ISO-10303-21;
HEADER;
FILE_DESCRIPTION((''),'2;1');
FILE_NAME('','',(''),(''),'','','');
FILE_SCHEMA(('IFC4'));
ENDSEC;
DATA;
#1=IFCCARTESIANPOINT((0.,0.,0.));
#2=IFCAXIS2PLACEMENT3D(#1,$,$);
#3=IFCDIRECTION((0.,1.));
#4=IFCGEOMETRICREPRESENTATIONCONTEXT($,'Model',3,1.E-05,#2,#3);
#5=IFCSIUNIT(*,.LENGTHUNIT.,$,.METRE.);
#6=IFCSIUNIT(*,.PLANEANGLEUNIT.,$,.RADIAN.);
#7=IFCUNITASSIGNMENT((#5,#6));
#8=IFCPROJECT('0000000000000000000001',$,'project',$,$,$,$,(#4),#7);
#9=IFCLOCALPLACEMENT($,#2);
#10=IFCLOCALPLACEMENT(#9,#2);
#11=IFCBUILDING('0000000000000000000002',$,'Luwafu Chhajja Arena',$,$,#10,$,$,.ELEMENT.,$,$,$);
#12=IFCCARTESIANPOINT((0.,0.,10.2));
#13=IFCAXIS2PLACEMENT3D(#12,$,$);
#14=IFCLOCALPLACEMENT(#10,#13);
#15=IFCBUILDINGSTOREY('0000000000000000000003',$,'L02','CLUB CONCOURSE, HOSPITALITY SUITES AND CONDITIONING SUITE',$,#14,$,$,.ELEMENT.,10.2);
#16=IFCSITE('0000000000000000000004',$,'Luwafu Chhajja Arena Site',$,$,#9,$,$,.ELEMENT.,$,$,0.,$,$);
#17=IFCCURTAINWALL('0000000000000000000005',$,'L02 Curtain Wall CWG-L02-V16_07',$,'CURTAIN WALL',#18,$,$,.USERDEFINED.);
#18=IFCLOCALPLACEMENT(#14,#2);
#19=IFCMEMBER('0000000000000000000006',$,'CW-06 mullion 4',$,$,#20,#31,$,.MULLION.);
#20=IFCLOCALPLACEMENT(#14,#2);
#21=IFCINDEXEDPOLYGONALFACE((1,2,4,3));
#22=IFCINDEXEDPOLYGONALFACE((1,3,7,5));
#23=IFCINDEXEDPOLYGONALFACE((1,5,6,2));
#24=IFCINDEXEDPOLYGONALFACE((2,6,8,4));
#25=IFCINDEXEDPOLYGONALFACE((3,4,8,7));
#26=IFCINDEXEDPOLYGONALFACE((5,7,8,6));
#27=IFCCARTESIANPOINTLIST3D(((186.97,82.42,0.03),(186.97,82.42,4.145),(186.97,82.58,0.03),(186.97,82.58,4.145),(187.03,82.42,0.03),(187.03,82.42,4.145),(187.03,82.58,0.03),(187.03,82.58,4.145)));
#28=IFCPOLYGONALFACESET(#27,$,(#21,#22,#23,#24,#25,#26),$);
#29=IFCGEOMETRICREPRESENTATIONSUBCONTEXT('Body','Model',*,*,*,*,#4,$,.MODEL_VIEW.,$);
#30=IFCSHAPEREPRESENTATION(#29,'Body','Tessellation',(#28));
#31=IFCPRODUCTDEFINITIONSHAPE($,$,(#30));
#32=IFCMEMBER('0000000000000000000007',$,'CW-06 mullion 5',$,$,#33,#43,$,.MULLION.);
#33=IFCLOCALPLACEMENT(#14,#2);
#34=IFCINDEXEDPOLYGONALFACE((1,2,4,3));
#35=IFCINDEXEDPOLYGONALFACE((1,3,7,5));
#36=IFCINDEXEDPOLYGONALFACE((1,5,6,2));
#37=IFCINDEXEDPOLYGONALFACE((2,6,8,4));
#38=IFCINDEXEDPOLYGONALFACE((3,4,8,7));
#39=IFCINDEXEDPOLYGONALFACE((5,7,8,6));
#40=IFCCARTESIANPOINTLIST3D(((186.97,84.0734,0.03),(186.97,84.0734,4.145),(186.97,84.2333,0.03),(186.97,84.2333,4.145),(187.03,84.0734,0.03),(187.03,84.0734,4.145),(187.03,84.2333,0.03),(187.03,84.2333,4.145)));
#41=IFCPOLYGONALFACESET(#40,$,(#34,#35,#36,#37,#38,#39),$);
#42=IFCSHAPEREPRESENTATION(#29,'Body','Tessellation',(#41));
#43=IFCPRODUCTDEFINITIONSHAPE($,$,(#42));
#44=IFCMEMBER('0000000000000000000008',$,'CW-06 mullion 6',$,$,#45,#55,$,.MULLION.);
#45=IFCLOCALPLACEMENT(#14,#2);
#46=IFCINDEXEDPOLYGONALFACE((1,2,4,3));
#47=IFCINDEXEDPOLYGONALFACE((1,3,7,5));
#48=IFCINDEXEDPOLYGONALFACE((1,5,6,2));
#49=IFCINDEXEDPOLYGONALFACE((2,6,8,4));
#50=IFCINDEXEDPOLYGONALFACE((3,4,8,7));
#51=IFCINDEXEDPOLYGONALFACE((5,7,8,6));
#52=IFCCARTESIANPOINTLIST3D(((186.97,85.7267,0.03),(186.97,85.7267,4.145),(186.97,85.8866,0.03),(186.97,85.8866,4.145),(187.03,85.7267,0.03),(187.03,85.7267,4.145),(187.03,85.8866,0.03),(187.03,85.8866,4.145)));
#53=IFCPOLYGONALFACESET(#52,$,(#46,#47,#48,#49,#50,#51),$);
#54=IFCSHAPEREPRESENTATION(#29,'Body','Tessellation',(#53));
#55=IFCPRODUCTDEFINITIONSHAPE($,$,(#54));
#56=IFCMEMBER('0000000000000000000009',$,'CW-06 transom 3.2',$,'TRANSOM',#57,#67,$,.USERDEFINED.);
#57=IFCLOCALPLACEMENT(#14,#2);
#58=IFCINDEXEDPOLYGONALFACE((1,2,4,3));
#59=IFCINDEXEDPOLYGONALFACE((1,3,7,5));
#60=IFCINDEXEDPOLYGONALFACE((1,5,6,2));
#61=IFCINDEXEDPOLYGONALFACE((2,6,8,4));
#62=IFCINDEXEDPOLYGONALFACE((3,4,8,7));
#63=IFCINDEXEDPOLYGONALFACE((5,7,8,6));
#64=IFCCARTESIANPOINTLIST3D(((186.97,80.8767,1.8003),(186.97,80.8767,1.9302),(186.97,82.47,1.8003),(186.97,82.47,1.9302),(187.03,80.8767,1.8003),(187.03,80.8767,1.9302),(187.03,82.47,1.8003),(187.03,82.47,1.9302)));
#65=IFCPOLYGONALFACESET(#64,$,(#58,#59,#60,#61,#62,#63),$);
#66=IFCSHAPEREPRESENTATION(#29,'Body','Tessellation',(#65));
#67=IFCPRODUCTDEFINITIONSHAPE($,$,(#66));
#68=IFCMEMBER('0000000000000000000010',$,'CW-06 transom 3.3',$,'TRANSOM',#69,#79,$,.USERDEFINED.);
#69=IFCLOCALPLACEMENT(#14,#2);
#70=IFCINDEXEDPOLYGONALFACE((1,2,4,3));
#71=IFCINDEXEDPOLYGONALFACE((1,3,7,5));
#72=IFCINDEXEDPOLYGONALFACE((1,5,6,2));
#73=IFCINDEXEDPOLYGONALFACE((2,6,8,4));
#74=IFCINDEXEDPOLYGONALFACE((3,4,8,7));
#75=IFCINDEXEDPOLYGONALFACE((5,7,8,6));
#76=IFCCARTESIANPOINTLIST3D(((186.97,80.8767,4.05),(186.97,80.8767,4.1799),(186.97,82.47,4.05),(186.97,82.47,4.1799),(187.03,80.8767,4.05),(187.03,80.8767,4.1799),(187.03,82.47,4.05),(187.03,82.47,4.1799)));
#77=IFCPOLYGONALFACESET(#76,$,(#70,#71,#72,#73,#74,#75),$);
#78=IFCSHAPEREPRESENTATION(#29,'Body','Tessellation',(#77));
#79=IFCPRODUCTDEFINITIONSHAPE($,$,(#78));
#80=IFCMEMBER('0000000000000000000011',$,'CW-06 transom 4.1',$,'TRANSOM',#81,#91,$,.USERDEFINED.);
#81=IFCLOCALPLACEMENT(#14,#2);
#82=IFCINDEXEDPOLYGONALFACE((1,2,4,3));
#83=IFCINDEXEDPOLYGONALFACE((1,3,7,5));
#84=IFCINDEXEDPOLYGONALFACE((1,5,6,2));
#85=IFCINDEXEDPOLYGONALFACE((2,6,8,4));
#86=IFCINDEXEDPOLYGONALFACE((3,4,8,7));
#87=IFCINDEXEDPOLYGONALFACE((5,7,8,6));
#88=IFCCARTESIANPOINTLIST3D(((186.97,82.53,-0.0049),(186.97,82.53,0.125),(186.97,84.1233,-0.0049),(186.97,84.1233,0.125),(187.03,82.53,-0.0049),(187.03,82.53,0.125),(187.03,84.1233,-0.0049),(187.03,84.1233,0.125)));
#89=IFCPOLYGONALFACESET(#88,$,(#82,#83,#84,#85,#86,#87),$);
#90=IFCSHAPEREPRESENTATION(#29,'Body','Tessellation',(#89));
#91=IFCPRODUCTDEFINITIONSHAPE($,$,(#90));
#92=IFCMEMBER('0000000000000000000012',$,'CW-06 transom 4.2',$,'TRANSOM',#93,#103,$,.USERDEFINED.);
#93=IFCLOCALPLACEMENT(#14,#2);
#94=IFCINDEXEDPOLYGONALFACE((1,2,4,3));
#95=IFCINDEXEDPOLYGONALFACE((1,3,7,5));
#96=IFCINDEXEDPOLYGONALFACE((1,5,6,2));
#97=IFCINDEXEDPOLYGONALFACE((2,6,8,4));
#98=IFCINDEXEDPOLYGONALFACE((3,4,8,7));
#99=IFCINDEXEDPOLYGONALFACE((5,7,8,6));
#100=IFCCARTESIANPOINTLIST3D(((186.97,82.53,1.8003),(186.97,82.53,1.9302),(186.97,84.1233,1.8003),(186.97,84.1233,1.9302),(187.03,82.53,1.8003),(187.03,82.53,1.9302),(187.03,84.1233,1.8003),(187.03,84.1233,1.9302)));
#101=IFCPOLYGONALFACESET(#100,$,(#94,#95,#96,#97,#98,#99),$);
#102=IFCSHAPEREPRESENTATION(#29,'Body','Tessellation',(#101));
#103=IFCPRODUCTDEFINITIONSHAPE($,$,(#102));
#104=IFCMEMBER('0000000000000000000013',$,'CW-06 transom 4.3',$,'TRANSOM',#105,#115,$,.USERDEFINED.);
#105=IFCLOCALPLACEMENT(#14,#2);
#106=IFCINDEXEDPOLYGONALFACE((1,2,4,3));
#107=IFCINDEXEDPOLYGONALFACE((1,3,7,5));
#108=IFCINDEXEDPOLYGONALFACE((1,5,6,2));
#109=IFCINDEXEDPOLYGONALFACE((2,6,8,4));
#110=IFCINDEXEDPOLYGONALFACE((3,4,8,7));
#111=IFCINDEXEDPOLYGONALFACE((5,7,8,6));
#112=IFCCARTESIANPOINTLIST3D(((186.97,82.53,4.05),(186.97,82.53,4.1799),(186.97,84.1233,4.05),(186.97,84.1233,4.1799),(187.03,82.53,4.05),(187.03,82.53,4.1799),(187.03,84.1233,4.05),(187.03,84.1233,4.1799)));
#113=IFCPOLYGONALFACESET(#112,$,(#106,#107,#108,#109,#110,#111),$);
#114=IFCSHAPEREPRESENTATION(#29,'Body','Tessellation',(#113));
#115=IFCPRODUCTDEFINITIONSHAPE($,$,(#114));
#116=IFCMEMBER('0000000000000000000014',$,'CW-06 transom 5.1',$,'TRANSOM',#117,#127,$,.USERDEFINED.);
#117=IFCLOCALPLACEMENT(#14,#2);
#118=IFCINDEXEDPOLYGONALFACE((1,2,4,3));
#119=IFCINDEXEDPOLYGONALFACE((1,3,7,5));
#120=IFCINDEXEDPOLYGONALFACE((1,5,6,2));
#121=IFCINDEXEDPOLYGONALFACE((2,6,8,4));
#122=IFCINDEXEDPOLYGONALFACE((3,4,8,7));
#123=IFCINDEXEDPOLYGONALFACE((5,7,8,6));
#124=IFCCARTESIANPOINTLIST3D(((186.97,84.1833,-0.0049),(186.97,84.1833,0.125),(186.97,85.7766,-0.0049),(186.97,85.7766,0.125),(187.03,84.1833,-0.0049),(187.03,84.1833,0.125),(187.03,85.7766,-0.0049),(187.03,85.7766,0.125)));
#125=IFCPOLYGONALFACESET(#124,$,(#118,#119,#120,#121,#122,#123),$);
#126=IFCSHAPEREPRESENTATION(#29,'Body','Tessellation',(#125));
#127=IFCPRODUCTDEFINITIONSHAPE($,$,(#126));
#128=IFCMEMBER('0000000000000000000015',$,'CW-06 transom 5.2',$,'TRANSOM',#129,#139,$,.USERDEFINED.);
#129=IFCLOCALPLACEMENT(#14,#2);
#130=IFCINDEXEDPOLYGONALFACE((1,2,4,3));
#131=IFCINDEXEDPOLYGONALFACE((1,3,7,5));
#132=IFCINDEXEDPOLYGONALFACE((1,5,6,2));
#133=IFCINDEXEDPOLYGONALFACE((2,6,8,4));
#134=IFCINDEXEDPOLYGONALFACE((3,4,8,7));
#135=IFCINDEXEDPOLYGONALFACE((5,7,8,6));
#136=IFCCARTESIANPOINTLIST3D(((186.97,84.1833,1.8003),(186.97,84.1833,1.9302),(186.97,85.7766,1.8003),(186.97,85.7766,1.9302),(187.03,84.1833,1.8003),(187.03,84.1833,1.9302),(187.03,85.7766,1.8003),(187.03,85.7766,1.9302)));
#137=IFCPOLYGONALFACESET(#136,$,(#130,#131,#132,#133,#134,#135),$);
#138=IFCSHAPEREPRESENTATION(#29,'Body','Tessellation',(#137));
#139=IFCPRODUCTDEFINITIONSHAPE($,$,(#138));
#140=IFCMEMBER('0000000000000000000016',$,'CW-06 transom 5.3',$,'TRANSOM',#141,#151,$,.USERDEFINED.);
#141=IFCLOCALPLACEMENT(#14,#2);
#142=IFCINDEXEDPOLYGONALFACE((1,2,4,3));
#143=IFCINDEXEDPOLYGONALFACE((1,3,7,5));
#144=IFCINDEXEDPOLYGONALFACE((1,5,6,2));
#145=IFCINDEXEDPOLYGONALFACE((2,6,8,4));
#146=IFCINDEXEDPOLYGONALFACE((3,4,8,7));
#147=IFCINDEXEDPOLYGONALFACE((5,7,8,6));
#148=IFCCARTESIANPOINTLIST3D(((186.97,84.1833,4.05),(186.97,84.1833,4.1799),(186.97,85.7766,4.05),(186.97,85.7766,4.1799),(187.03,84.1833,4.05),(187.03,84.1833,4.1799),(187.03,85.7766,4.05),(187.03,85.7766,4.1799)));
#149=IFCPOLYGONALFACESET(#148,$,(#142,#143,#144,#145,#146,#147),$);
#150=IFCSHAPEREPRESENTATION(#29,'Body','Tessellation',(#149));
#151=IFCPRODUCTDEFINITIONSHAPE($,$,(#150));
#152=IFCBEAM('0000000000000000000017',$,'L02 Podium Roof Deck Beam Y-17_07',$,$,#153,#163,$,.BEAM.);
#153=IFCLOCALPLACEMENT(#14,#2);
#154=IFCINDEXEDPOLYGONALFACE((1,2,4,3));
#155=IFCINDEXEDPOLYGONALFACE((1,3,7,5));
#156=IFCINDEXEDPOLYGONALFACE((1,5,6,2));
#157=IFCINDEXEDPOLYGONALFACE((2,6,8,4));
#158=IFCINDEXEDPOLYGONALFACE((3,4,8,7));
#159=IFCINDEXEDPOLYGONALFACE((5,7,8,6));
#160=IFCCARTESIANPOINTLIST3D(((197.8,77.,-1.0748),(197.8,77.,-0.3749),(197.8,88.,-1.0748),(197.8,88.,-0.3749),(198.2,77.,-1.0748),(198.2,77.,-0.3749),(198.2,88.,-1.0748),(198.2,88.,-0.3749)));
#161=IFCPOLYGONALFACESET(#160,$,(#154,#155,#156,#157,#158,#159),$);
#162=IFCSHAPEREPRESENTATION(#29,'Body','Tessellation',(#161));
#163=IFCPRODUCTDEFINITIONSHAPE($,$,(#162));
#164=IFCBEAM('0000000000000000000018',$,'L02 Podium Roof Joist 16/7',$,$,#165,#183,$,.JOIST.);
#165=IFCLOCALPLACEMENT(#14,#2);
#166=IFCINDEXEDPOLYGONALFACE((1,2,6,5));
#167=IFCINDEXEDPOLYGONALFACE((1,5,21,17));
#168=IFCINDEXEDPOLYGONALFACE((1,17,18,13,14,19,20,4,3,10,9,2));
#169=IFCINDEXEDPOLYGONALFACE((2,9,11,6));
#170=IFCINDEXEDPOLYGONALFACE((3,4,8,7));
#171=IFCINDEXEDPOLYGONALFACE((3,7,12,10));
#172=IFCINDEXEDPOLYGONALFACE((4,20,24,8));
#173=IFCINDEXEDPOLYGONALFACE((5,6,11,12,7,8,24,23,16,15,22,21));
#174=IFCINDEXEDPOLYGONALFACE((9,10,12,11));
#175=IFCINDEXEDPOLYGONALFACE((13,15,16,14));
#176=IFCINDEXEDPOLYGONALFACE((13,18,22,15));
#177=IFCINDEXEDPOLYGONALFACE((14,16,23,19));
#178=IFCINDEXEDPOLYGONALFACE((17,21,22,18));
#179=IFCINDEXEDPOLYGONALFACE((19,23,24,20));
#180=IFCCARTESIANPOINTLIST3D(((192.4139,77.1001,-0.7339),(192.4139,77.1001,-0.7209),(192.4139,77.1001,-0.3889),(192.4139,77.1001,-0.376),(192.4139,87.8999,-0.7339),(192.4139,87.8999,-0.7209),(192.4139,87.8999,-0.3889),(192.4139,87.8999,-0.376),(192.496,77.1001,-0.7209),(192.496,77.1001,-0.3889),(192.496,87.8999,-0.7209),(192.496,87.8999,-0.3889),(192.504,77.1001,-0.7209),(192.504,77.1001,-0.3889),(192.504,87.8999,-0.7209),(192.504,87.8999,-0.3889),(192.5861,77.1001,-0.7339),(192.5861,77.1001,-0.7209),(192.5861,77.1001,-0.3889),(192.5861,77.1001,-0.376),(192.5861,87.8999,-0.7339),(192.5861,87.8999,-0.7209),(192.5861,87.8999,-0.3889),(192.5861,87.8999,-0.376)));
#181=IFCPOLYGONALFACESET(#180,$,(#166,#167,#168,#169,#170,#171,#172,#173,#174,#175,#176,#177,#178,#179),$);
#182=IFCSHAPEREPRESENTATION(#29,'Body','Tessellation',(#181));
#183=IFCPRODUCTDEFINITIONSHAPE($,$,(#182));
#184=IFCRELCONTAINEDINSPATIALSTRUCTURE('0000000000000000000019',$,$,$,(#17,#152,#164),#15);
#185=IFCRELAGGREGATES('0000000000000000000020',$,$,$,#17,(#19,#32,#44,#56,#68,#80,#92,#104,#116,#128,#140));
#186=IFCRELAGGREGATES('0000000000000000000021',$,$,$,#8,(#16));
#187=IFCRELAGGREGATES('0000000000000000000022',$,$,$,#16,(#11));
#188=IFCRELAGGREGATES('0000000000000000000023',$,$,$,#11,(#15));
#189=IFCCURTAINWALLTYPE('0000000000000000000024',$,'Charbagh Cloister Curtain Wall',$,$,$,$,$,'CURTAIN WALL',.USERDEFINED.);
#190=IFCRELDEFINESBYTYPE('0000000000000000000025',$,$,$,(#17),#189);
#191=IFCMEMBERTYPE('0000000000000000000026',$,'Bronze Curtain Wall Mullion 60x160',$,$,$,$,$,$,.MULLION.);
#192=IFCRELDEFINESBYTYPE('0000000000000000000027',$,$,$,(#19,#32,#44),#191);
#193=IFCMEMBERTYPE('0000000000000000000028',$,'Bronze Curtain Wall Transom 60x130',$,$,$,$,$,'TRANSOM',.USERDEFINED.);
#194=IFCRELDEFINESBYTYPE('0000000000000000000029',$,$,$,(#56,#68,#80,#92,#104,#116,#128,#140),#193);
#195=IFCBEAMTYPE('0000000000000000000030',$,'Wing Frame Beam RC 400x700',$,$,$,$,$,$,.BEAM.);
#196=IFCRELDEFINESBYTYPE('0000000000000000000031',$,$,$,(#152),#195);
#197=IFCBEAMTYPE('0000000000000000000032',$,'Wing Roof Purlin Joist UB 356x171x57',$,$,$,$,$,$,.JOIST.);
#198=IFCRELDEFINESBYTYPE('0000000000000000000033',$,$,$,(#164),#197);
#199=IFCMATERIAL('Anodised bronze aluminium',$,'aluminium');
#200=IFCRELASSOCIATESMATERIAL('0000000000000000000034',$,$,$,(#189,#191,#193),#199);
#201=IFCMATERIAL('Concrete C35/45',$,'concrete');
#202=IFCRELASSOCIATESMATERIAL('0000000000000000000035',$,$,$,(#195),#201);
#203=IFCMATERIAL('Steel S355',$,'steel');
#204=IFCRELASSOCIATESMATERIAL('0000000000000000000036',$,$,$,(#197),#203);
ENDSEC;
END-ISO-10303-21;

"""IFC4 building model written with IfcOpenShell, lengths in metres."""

from ifc_helpers import new_model, si_unit, direction, frame, origin, origin_2d, place, context, subcontext, project, spatial, rectangle, i_section, extrude, material, material_profile, profile_set, type_object, element, aggregate, save


model = new_model("IFC4")

# Units and contexts
model_context = context("Model", 3, precision=1e-05, world=origin(), true_north=direction((0.0, 1.0)))
body_context = subcontext(model_context, "Body", "Model", "MODEL_VIEW")
ifc_project = project(units=[si_unit("LENGTHUNIT", "METRE"), si_unit("PLANEANGLEUNIT", "RADIAN")], contexts=[model_context])

# Site, building, storey
site_placement = place(None, origin())
site = spatial("IfcSite", under=ifc_project, at=site_placement, Name="Luwafu Chhajja Arena Site", CompositionType="ELEMENT", RefElevation=0.0)
building_placement = place(site_placement, origin())
building = spatial("IfcBuilding", under=site, at=building_placement, Name="Luwafu Chhajja Arena", CompositionType="ELEMENT")
storey_placement = place(building_placement, frame((0.0, 0.0, 10.2)))
storey = spatial("IfcBuildingStorey", under=building, at=storey_placement, Name="L02", Description="CLUB CONCOURSE, HOSPITALITY SUITES AND CONDITIONING SUITE", CompositionType="ELEMENT", Elevation=10.2)

# Curtain wall, members
ifc_material_1 = material(Name="Anodised bronze aluminium", Category="aluminium")
curtain_wall_type = type_object("IfcCurtainWallType", Name="Charbagh Cloister Curtain Wall", ElementType="CURTAIN WALL", PredefinedType="USERDEFINED", material=ifc_material_1)
curtain_wall_placement = place(storey_placement, origin())
curtain_wall = element("IfcCurtainWall", 1, at=curtain_wall_placement, inside=storey, type_object=curtain_wall_type, Name="L02 Curtain Wall CWG-L02-V16_07", ObjectType="CURTAIN WALL", PredefinedType="USERDEFINED")
ifc_material_profile_1 = material_profile(ifc_material_1, rectangle(XDim=0.0601, YDim=0.1599, at=origin_2d()), Name="CWM 60x160")
ifc_profile_set_1 = profile_set([ifc_material_profile_1], Name="Anodised bronze aluminium")
member_type_1 = type_object("IfcMemberType", Name="Bronze Curtain Wall Mullion 60x160", PredefinedType="MULLION", material=ifc_profile_set_1)
member_1_placement = place(storey_placement, frame((187.0, 82.5, 0.03), z_axis=(0.0, 0.0, 1.0), x_axis=(-1.0, 0.0, 0.0)))
member_1 = element("IfcMember", 2, at=member_1_placement, type_object=member_type_1, Name="CW-06 mullion 4", PredefinedType="MULLION", context=body_context, shape_type="SweptSolid", body=[
    extrude(rectangle(XDim=0.0601, YDim=0.1599, at=origin_2d()), origin(), (0.0, 0.0, 1.0), 4.115),
])
member_2_placement = place(storey_placement, frame((187.0, 84.1533, 0.03), z_axis=(0.0, 0.0, 1.0), x_axis=(-1.0, 0.0, 0.0)))
member_2 = element("IfcMember", 3, at=member_2_placement, type_object=member_type_1, Name="CW-06 mullion 5", PredefinedType="MULLION", context=body_context, shape_type="SweptSolid", body=[
    extrude(rectangle(XDim=0.0601, YDim=0.1599, at=origin_2d()), origin(), (0.0, 0.0, 1.0), 4.115),
])
member_3_placement = place(storey_placement, frame((187.0, 85.8066, 0.03), z_axis=(0.0, 0.0, 1.0), x_axis=(-1.0, 0.0, 0.0)))
member_3 = element("IfcMember", 4, at=member_3_placement, type_object=member_type_1, Name="CW-06 mullion 6", PredefinedType="MULLION", context=body_context, shape_type="SweptSolid", body=[
    extrude(rectangle(XDim=0.0601, YDim=0.1599, at=origin_2d()), origin(), (0.0, 0.0, 1.0), 4.115),
])
ifc_material_profile_2 = material_profile(ifc_material_1, rectangle(XDim=0.0601, YDim=0.1299, at=origin_2d()), Name="CWT 60x130")
ifc_profile_set_2 = profile_set([ifc_material_profile_2], Name="Anodised bronze aluminium")
member_type_2 = type_object("IfcMemberType", Name="Bronze Curtain Wall Transom 60x130", ElementType="TRANSOM", PredefinedType="USERDEFINED", material=ifc_profile_set_2)
member_4_placement = place(storey_placement, frame((187.0, 80.8767, 1.8652), z_axis=(0.0, 1.0, 0.0), x_axis=(-1.0, 0.0, 0.0)))
member_4 = element("IfcMember", 5, at=member_4_placement, type_object=member_type_2, Name="CW-06 transom 3.2", ObjectType="TRANSOM", PredefinedType="USERDEFINED", context=body_context, shape_type="SweptSolid", body=[
    extrude(rectangle(XDim=0.0601, YDim=0.1299, at=origin_2d()), origin(), (0.0, 0.0, 1.0), 1.5933),
])
member_5_placement = place(storey_placement, frame((187.0, 80.8767, 4.115), z_axis=(0.0, 1.0, 0.0), x_axis=(-1.0, 0.0, 0.0)))
member_5 = element("IfcMember", 6, at=member_5_placement, type_object=member_type_2, Name="CW-06 transom 3.3", ObjectType="TRANSOM", PredefinedType="USERDEFINED", context=body_context, shape_type="SweptSolid", body=[
    extrude(rectangle(XDim=0.0601, YDim=0.1299, at=origin_2d()), origin(), (0.0, 0.0, 1.0), 1.5933),
])
member_6_placement = place(storey_placement, frame((187.0, 82.53, 0.0601), z_axis=(0.0, 1.0, 0.0), x_axis=(-1.0, 0.0, 0.0)))
member_6 = element("IfcMember", 7, at=member_6_placement, type_object=member_type_2, Name="CW-06 transom 4.1", ObjectType="TRANSOM", PredefinedType="USERDEFINED", context=body_context, shape_type="SweptSolid", body=[
    extrude(rectangle(XDim=0.0601, YDim=0.1299, at=origin_2d()), origin(), (0.0, 0.0, 1.0), 1.5933),
])
member_7_placement = place(storey_placement, frame((187.0, 82.53, 1.8652), z_axis=(0.0, 1.0, 0.0), x_axis=(-1.0, 0.0, 0.0)))
member_7 = element("IfcMember", 8, at=member_7_placement, type_object=member_type_2, Name="CW-06 transom 4.2", ObjectType="TRANSOM", PredefinedType="USERDEFINED", context=body_context, shape_type="SweptSolid", body=[
    extrude(rectangle(XDim=0.0601, YDim=0.1299, at=origin_2d()), origin(), (0.0, 0.0, 1.0), 1.5933),
])
member_8_placement = place(storey_placement, frame((187.0, 82.53, 4.115), z_axis=(0.0, 1.0, 0.0), x_axis=(-1.0, 0.0, 0.0)))
member_8 = element("IfcMember", 9, at=member_8_placement, type_object=member_type_2, Name="CW-06 transom 4.3", ObjectType="TRANSOM", PredefinedType="USERDEFINED", context=body_context, shape_type="SweptSolid", body=[
    extrude(rectangle(XDim=0.0601, YDim=0.1299, at=origin_2d()), origin(), (0.0, 0.0, 1.0), 1.5933),
])
member_9_placement = place(storey_placement, frame((187.0, 84.1833, 0.0601), z_axis=(0.0, 1.0, 0.0), x_axis=(-1.0, 0.0, 0.0)))
member_9 = element("IfcMember", 10, at=member_9_placement, type_object=member_type_2, Name="CW-06 transom 5.1", ObjectType="TRANSOM", PredefinedType="USERDEFINED", context=body_context, shape_type="SweptSolid", body=[
    extrude(rectangle(XDim=0.0601, YDim=0.1299, at=origin_2d()), origin(), (0.0, 0.0, 1.0), 1.5933),
])
member_10_placement = place(storey_placement, frame((187.0, 84.1833, 1.8652), z_axis=(0.0, 1.0, 0.0), x_axis=(-1.0, 0.0, 0.0)))
member_10 = element("IfcMember", 11, at=member_10_placement, type_object=member_type_2, Name="CW-06 transom 5.2", ObjectType="TRANSOM", PredefinedType="USERDEFINED", context=body_context, shape_type="SweptSolid", body=[
    extrude(rectangle(XDim=0.0601, YDim=0.1299, at=origin_2d()), origin(), (0.0, 0.0, 1.0), 1.5933),
])
member_11_placement = place(storey_placement, frame((187.0, 84.1833, 4.115), z_axis=(0.0, 1.0, 0.0), x_axis=(-1.0, 0.0, 0.0)))
member_11 = element("IfcMember", 12, at=member_11_placement, type_object=member_type_2, Name="CW-06 transom 5.3", ObjectType="TRANSOM", PredefinedType="USERDEFINED", context=body_context, shape_type="SweptSolid", body=[
    extrude(rectangle(XDim=0.0601, YDim=0.1299, at=origin_2d()), origin(), (0.0, 0.0, 1.0), 1.5933),
])

# Beams
ifc_material_2 = material(Name="Concrete C35/45", Category="concrete")
ifc_material_profile_3 = material_profile(ifc_material_2, rectangle(XDim=0.3999, YDim=0.7, at=origin_2d()), Name="RC 400x700")
ifc_profile_set_3 = profile_set([ifc_material_profile_3], Name="Concrete C35/45")
beam_type_1 = type_object("IfcBeamType", Name="Wing Frame Beam RC 400x700", PredefinedType="BEAM", material=ifc_profile_set_3)
beam_1_placement = place(storey_placement, frame((198.0, 77.0, -0.7249), z_axis=(0.0, 1.0, 0.0), x_axis=(-1.0, 0.0, 0.0)))
element("IfcBeam", 13, at=beam_1_placement, inside=storey, type_object=beam_type_1, Name="L02 Podium Roof Deck Beam Y-17_07", PredefinedType="BEAM", context=body_context, shape_type="SweptSolid", body=[
    extrude(rectangle(XDim=0.3999, YDim=0.7, at=origin_2d()), origin(), (0.0, 0.0, 1.0), 11.0),
])
ifc_material_3 = material(Name="Steel S355", Category="steel")
ifc_material_profile_4 = material_profile(ifc_material_3, i_section(OverallWidth=0.1721, OverallDepth=0.3579, WebThickness=0.0081, FlangeThickness=0.0129, at=origin_2d()), Name="UB 356x171x57")
ifc_profile_set_4 = profile_set([ifc_material_profile_4], Name="Steel S355")
beam_type_2 = type_object("IfcBeamType", Name="Wing Roof Purlin Joist UB 356x171x57", PredefinedType="JOIST", material=ifc_profile_set_4)
beam_2_placement = place(storey_placement, frame((192.5, 77.1001, -0.5549), z_axis=(0.0, 1.0, 0.0), x_axis=(-1.0, 0.0, 0.0)))
element("IfcBeam", 14, at=beam_2_placement, inside=storey, type_object=beam_type_2, Name="L02 Podium Roof Joist 16/7", PredefinedType="JOIST", context=body_context, shape_type="SweptSolid", body=[
    extrude(i_section(OverallWidth=0.1721, OverallDepth=0.3579, WebThickness=0.0081, FlangeThickness=0.0129, at=origin_2d()), origin(), (0.0, 0.0, 1.0), 10.7998),
])

aggregate(curtain_wall, [member_1, member_2, member_3, member_4, member_5, member_6, member_7, member_8, member_9, member_10, member_11])

save(model, "model.ifc")
